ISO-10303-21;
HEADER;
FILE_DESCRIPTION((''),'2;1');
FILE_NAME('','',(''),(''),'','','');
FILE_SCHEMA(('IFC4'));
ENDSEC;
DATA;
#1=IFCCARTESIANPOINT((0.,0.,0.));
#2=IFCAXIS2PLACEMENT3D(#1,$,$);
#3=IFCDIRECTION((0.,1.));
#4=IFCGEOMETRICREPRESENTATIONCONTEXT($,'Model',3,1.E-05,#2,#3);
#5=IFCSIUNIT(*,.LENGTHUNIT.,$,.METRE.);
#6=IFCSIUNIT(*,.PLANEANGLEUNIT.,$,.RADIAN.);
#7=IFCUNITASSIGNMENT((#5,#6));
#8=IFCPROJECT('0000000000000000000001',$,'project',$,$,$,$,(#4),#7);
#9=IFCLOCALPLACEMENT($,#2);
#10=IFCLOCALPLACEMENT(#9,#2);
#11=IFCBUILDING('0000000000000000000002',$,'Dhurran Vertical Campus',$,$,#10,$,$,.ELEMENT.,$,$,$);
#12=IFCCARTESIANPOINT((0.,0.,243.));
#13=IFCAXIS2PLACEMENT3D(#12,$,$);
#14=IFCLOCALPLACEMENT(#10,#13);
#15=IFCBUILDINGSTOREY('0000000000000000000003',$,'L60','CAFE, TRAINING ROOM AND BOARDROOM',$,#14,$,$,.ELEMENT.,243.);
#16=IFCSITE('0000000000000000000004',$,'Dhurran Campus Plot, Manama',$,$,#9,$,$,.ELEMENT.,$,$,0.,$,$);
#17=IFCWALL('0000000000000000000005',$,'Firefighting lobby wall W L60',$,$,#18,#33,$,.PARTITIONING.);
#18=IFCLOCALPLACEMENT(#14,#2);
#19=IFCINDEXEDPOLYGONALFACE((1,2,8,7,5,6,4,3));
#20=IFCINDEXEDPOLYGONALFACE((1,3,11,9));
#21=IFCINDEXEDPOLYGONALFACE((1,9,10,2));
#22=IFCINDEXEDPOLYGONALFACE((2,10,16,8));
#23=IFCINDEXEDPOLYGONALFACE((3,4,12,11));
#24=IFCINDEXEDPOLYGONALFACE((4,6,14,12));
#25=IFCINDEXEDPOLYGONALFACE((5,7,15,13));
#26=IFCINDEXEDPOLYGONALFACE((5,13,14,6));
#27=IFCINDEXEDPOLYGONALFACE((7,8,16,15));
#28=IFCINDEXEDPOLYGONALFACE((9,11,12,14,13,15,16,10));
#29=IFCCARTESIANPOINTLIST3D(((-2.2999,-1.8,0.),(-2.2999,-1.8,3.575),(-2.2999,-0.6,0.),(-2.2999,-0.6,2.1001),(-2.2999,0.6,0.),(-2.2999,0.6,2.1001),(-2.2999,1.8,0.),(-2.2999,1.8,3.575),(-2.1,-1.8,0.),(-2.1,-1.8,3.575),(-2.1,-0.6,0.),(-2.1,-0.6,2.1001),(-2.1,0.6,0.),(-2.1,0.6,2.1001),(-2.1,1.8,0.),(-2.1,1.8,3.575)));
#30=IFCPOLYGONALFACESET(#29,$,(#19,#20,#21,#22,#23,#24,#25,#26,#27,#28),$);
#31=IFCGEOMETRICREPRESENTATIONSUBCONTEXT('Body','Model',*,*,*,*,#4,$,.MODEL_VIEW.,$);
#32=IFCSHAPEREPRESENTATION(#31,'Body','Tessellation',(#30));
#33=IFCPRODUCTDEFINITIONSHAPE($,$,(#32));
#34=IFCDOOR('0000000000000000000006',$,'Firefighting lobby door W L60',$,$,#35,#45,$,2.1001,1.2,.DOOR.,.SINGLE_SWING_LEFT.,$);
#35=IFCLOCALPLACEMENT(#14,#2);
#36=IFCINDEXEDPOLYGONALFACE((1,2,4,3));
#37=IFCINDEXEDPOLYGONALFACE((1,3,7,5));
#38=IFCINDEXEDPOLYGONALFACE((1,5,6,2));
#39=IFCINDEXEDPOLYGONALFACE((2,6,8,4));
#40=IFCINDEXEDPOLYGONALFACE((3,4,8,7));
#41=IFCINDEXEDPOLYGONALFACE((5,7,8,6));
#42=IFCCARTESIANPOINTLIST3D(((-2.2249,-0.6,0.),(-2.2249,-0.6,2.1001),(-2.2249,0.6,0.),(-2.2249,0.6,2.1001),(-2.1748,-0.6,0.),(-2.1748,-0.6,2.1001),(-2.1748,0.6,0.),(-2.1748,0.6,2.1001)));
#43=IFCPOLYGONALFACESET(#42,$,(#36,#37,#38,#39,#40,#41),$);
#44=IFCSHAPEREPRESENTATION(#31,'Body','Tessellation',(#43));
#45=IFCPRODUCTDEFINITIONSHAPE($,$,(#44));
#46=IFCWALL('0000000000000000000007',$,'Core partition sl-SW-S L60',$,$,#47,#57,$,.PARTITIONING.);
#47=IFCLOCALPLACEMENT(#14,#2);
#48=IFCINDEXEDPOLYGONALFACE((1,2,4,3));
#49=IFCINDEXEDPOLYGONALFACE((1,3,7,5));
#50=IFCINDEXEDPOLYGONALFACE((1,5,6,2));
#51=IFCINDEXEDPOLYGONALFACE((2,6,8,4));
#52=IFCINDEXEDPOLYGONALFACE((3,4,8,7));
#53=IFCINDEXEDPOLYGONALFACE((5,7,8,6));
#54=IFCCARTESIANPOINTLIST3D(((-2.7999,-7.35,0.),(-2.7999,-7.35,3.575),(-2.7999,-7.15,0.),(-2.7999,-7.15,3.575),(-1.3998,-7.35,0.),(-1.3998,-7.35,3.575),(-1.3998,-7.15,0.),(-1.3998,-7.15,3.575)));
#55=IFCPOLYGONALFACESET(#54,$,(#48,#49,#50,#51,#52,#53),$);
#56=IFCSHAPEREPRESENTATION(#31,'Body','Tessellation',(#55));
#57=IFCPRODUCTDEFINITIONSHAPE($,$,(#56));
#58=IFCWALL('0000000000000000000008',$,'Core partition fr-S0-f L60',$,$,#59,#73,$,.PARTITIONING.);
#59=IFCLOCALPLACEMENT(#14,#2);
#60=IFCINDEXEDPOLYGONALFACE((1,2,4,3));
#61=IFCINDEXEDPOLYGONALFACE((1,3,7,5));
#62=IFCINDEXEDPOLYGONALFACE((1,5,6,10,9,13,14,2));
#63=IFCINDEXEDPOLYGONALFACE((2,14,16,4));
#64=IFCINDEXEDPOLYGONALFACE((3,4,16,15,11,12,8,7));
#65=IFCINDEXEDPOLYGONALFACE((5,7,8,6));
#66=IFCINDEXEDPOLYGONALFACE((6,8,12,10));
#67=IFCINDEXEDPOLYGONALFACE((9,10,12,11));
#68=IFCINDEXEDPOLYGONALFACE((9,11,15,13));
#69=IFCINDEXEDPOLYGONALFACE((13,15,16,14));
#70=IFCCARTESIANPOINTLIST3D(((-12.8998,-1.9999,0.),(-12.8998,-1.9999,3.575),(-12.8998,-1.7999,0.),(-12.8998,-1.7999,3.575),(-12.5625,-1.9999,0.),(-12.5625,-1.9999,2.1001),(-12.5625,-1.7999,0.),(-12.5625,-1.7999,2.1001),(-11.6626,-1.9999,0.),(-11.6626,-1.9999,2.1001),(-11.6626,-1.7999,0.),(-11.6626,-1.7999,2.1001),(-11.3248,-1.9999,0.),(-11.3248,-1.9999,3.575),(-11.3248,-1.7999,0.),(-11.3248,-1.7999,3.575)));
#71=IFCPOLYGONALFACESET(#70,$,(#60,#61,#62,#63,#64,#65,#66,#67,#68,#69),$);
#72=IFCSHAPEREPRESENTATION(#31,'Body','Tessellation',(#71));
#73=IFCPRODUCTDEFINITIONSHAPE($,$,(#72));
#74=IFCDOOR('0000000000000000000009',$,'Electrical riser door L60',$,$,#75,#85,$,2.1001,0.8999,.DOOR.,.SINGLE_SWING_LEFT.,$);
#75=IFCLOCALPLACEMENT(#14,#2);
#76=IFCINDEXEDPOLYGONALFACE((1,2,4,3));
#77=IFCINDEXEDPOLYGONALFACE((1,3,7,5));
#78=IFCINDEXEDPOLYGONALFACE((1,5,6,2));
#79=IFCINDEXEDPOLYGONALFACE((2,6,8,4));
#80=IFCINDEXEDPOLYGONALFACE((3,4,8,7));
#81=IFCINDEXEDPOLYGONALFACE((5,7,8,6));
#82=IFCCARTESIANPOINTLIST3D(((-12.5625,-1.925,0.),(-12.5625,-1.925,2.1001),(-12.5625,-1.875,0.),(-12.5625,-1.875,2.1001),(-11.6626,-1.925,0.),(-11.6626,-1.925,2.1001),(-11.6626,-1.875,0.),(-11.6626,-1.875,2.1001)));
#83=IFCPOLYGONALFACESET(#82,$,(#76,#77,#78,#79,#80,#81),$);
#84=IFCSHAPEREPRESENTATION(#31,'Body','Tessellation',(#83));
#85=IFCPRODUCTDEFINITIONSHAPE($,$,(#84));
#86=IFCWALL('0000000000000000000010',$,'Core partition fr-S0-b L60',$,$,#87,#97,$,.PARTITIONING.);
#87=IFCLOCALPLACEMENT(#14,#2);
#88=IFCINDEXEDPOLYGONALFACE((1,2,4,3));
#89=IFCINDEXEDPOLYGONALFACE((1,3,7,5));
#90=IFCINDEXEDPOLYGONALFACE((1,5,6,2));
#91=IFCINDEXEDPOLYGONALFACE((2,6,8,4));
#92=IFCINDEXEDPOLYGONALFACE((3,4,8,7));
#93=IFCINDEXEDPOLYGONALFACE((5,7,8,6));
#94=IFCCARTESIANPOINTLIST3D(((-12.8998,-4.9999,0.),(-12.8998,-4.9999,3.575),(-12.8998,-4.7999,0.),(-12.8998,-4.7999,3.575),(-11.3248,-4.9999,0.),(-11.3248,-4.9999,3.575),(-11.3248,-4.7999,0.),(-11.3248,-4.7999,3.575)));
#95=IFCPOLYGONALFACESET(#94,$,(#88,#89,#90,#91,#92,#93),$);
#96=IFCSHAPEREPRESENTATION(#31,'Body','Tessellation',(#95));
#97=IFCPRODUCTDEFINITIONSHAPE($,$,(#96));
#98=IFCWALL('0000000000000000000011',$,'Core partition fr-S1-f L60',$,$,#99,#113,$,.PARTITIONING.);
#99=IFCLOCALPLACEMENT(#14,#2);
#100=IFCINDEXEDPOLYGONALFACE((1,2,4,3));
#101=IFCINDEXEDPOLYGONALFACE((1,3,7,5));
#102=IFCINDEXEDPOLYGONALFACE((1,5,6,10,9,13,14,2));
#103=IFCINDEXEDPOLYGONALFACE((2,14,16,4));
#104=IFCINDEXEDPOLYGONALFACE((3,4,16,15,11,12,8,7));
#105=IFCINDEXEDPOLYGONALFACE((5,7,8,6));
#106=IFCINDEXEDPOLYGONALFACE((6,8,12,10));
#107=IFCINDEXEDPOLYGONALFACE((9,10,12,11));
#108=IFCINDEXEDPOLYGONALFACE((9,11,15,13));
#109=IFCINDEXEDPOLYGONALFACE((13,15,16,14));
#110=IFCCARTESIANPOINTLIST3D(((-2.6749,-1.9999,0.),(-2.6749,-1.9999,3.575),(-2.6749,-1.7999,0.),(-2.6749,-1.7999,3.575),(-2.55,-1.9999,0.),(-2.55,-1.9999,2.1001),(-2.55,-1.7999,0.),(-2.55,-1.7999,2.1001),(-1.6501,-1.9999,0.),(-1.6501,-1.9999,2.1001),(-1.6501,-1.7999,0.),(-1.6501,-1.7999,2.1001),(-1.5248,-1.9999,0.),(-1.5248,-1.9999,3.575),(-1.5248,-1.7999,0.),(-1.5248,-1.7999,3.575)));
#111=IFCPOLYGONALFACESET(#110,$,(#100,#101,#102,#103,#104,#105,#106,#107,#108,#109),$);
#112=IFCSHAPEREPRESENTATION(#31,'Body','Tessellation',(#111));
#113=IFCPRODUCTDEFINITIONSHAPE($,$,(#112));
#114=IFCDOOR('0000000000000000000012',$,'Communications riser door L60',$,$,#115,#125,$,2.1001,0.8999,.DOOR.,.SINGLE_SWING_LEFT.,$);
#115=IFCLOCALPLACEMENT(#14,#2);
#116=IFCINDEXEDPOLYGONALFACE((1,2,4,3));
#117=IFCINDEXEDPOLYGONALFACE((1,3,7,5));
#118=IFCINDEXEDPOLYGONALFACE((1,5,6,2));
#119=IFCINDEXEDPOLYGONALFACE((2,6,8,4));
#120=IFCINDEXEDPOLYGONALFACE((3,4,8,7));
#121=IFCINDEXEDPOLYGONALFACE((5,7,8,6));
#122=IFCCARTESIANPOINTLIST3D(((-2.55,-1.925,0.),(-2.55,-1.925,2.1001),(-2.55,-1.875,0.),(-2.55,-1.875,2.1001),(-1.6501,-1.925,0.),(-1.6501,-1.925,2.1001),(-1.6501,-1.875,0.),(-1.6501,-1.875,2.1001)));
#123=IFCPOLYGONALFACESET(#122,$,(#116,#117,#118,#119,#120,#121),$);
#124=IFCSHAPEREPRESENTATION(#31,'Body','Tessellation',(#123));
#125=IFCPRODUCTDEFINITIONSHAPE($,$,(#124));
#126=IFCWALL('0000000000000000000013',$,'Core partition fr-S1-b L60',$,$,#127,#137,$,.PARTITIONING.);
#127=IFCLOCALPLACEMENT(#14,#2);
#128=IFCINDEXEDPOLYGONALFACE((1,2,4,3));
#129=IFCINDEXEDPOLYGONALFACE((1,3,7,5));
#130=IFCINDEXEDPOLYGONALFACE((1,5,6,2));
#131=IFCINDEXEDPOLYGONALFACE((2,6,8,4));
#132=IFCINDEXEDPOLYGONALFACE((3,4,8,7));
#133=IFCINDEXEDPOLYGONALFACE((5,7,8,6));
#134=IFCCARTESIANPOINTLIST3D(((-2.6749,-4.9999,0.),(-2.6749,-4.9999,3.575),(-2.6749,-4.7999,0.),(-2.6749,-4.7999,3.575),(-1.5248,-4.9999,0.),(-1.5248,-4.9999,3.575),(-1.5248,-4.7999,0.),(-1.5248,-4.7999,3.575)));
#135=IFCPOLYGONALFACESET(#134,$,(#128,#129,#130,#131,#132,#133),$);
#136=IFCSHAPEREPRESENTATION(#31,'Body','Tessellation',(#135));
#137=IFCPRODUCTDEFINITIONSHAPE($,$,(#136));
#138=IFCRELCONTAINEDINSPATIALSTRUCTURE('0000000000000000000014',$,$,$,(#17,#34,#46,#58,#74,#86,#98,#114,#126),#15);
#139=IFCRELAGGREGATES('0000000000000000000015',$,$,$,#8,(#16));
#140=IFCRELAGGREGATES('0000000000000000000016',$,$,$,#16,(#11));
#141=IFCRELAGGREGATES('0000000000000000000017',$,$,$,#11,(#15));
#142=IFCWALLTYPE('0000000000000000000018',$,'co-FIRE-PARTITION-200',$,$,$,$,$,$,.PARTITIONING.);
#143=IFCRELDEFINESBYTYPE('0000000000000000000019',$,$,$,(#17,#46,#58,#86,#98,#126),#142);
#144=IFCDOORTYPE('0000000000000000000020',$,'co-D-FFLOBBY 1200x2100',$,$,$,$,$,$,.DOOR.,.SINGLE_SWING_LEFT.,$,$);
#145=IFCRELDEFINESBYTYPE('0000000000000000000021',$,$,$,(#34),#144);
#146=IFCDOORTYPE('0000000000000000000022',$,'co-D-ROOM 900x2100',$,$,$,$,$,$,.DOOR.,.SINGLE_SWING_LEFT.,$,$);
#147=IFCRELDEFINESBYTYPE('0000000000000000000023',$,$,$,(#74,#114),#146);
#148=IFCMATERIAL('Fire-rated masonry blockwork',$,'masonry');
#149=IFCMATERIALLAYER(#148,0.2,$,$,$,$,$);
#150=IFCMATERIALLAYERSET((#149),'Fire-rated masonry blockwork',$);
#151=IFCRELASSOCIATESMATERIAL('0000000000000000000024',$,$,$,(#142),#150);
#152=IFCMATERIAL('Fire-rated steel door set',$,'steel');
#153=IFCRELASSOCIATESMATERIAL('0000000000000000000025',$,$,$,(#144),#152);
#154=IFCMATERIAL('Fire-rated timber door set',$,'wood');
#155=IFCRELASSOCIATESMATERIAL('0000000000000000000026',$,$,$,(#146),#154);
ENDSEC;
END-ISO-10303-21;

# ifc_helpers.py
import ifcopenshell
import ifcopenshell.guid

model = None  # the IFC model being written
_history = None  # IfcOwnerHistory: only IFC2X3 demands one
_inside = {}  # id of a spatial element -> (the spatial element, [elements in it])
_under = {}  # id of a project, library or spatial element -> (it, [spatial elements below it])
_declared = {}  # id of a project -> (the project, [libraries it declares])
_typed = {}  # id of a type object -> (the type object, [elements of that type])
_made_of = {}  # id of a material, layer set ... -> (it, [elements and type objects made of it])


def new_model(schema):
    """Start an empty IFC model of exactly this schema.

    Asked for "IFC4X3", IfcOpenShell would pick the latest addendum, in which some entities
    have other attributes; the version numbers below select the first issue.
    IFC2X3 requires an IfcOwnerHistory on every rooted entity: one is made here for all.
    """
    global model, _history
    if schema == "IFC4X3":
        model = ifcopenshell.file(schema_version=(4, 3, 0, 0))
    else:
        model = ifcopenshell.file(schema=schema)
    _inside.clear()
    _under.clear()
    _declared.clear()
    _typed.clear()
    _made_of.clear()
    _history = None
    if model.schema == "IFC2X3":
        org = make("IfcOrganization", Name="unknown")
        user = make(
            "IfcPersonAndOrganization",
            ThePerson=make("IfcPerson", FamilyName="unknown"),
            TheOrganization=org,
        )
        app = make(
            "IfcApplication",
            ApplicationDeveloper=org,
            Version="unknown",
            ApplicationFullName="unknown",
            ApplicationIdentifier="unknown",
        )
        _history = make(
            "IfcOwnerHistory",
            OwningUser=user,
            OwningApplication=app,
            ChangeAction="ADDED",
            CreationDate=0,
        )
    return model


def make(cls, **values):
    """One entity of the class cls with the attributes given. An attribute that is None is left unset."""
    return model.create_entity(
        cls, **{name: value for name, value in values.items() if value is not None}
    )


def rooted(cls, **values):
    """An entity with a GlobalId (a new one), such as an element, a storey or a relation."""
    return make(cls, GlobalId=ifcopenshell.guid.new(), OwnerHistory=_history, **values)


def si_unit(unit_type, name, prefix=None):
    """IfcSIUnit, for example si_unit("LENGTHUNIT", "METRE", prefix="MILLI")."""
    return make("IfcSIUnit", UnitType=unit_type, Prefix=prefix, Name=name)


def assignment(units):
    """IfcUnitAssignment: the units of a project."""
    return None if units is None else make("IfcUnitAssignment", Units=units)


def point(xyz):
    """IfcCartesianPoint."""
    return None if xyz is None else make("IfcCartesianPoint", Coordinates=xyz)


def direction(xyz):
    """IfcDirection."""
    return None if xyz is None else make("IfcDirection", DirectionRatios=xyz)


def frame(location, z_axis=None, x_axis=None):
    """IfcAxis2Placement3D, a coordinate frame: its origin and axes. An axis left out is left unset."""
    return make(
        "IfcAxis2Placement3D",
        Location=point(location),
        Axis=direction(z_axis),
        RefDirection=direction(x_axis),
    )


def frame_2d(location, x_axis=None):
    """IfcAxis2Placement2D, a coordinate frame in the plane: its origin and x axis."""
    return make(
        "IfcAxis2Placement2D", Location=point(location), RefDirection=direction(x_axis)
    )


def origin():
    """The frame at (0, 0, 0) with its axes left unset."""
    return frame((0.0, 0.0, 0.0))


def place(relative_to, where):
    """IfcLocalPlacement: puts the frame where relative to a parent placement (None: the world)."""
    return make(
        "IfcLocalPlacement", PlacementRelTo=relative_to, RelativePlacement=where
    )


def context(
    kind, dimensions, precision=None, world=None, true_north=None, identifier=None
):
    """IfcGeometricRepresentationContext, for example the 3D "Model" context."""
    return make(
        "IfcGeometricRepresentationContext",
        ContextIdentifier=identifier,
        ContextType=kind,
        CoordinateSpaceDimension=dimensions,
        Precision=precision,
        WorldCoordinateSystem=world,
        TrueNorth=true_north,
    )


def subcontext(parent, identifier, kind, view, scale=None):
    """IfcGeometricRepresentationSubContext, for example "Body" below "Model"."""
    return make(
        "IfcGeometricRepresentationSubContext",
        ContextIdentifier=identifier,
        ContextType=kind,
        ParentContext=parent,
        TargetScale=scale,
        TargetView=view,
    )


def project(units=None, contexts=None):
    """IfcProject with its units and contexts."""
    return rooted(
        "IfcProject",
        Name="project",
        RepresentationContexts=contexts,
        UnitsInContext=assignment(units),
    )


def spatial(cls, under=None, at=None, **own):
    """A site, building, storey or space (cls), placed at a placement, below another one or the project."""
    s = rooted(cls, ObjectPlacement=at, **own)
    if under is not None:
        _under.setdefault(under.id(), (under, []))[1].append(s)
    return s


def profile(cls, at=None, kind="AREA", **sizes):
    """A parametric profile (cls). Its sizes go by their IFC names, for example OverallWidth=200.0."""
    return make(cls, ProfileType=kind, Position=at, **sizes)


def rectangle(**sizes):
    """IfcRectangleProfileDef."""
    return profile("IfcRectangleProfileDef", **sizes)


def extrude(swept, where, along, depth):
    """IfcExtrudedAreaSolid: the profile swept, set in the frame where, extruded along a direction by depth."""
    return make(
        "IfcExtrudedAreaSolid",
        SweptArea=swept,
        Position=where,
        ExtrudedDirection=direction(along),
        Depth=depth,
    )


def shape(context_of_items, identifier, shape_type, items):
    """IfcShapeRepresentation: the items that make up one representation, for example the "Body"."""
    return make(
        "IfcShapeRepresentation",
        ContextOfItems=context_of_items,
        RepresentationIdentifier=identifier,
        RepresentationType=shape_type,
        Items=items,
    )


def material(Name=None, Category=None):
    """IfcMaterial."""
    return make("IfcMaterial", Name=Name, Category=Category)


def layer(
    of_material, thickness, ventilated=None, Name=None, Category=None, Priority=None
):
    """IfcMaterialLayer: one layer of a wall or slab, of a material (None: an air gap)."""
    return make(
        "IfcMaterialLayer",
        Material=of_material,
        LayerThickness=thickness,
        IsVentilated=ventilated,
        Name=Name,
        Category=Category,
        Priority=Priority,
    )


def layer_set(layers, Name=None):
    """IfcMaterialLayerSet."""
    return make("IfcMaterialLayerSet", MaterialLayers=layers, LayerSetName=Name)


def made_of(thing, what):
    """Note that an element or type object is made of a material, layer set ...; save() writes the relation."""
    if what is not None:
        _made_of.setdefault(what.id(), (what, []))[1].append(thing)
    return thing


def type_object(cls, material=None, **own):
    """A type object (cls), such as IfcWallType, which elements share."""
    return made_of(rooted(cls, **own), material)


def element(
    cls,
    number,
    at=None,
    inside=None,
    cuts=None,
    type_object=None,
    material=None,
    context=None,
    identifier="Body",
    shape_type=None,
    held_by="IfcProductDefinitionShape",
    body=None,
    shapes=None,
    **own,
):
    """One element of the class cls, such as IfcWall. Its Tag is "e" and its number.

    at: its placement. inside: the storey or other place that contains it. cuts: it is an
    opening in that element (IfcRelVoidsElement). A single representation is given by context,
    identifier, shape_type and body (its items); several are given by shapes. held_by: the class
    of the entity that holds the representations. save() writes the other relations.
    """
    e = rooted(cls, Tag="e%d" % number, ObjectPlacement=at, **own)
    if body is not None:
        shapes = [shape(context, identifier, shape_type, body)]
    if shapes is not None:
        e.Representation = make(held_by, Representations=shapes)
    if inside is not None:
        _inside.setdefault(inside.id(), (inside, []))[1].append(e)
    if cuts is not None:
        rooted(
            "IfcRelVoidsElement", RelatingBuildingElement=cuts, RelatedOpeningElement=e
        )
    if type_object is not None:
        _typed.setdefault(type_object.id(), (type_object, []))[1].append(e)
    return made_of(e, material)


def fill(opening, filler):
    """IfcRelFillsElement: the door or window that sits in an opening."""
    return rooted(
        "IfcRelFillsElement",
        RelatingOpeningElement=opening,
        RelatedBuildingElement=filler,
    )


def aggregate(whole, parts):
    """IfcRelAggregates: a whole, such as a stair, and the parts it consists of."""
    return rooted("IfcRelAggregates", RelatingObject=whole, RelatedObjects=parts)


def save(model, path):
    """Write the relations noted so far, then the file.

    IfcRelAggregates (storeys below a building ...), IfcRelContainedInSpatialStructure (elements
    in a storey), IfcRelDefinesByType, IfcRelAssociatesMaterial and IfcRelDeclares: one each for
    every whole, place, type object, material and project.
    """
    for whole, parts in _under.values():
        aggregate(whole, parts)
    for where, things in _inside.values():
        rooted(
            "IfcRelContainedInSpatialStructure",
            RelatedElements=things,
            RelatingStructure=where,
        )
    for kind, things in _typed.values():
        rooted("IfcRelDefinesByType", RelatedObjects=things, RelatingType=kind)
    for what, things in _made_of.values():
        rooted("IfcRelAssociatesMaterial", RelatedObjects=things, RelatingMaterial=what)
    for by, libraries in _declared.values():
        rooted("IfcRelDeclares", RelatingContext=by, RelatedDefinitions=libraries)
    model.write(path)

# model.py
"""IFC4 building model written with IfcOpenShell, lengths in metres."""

from ifc_helpers import new_model, si_unit, direction, frame, frame_2d, origin, place, context, subcontext, project, spatial, rectangle, extrude, material, layer, layer_set, type_object, element, fill, save


model = new_model("IFC4")

# Units and contexts
model_context = context("Model", 3, precision=1e-05, world=origin(), true_north=direction((0.0, 1.0)))
body_context = subcontext(model_context, "Body", "Model", "MODEL_VIEW")
ifc_project = project(units=[si_unit("LENGTHUNIT", "METRE"), si_unit("PLANEANGLEUNIT", "RADIAN")], contexts=[model_context])

# Site, building, storey
site_placement = place(None, origin())
site = spatial("IfcSite", under=ifc_project, at=site_placement, Name="Dhurran Campus Plot, Manama", CompositionType="ELEMENT", RefElevation=0.0)
building_placement = place(site_placement, origin())
building = spatial("IfcBuilding", under=site, at=building_placement, Name="Dhurran Vertical Campus", CompositionType="ELEMENT")
storey_placement = place(building_placement, frame((0.0, 0.0, 243.0)))
storey = spatial("IfcBuildingStorey", under=building, at=storey_placement, Name="L60", Description="CAFE, TRAINING ROOM AND BOARDROOM", CompositionType="ELEMENT", Elevation=243.0)

# Wall, opening, door
ifc_material_1 = material(Name="Fire-rated masonry blockwork", Category="masonry")
ifc_layer_1 = layer(ifc_material_1, 0.2)
ifc_layer_set_1 = layer_set([ifc_layer_1], Name="Fire-rated masonry blockwork")
wall_type_1 = type_object("IfcWallType", Name="co-FIRE-PARTITION-200", PredefinedType="PARTITIONING", material=ifc_layer_set_1)
wall_1_placement = place(storey_placement, frame((-2.2, -1.8, 0.0), z_axis=(0.0, 0.0, 1.0), x_axis=(0.0, 1.0, 0.0)))
wall_1 = element("IfcWall", 1, at=wall_1_placement, inside=storey, type_object=wall_type_1, Name="Firefighting lobby wall W L60", PredefinedType="PARTITIONING", context=body_context, shape_type="SweptSolid", body=[
    extrude(rectangle(XDim=3.6001, YDim=0.2, at=frame_2d((1.8, 0.0))), origin(), (0.0, 0.0, 1.0), 3.575),
])
opening_1_placement = place(wall_1_placement, frame((1.2, 0.0, 0.0)))
opening_1 = element("IfcOpeningElement", 2, at=opening_1_placement, cuts=wall_1, PredefinedType="OPENING", context=body_context, shape_type="SweptSolid", body=[
    extrude(rectangle(XDim=1.2, YDim=2.1001, at=frame_2d((0.6001, 1.05))), frame((0.0, 0.1099, 0.0), z_axis=(0.0, -1.0, 0.0), x_axis=(1.0, 0.0, 0.0)), (0.0, 0.0, 1.0), 0.22),
])
ifc_material_2 = material(Name="Fire-rated steel door set", Category="steel")
door_type_1 = type_object("IfcDoorType", Name="co-D-FFLOBBY 1200x2100", OperationType="SINGLE_SWING_LEFT", PredefinedType="DOOR", material=ifc_material_2)
door_1_placement = place(opening_1_placement, origin())
door_1 = element("IfcDoor", 3, at=door_1_placement, inside=storey, type_object=door_type_1, Name="Firefighting lobby door W L60", OperationType="SINGLE_SWING_LEFT", OverallHeight=2.1001, OverallWidth=1.2, PredefinedType="DOOR", context=body_context, shape_type="SweptSolid", body=[
    extrude(rectangle(XDim=1.2, YDim=2.1001, at=frame_2d((0.6001, 1.05))), frame((0.0, 0.0249, 0.0), z_axis=(0.0, -1.0, 0.0), x_axis=(1.0, 0.0, 0.0)), (0.0, 0.0, 1.0), 0.05),
])
fill(opening_1, door_1)

# Wall
wall_2_placement = place(storey_placement, frame((-2.8, -7.25, 0.0), z_axis=(0.0, 0.0, 1.0), x_axis=(1.0, 0.0, 0.0)))
element("IfcWall", 4, at=wall_2_placement, inside=storey, type_object=wall_type_1, Name="Core partition sl-SW-S L60", PredefinedType="PARTITIONING", context=body_context, shape_type="SweptSolid", body=[
    extrude(rectangle(XDim=1.4001, YDim=0.2, at=frame_2d((0.7002, 0.0))), origin(), (0.0, 0.0, 1.0), 3.575),
])

# Wall, opening, door
wall_3_placement = place(storey_placement, frame((-12.8999, -1.8999, 0.0), z_axis=(0.0, 0.0, 1.0), x_axis=(1.0, 0.0, 0.0)))
wall_3 = element("IfcWall", 5, at=wall_3_placement, inside=storey, type_object=wall_type_1, Name="Core partition fr-S0-f L60", PredefinedType="PARTITIONING", context=body_context, shape_type="SweptSolid", body=[
    extrude(rectangle(XDim=1.575, YDim=0.2, at=frame_2d((0.7876, 0.0))), origin(), (0.0, 0.0, 1.0), 3.575),
])
opening_2_placement = place(wall_3_placement, frame((0.3374, 0.0, 0.0)))
opening_2 = element("IfcOpeningElement", 6, at=opening_2_placement, cuts=wall_3, PredefinedType="OPENING", context=body_context, shape_type="SweptSolid", body=[
    extrude(rectangle(XDim=0.8999, YDim=2.1001, at=frame_2d((0.45, 1.05))), frame((0.0, 0.1099, 0.0), z_axis=(0.0, -1.0, 0.0), x_axis=(1.0, 0.0, 0.0)), (0.0, 0.0, 1.0), 0.22),
])
ifc_material_3 = material(Name="Fire-rated timber door set", Category="wood")
door_type_2 = type_object("IfcDoorType", Name="co-D-ROOM 900x2100", OperationType="SINGLE_SWING_LEFT", PredefinedType="DOOR", material=ifc_material_3)
door_2_placement = place(opening_2_placement, origin())
door_2 = element("IfcDoor", 7, at=door_2_placement, inside=storey, type_object=door_type_2, Name="Electrical riser door L60", OperationType="SINGLE_SWING_LEFT", OverallHeight=2.1001, OverallWidth=0.8999, PredefinedType="DOOR", context=body_context, shape_type="SweptSolid", body=[
    extrude(rectangle(XDim=0.8999, YDim=2.1001, at=frame_2d((0.45, 1.05))), frame((0.0, 0.0249, 0.0), z_axis=(0.0, -1.0, 0.0), x_axis=(1.0, 0.0, 0.0)), (0.0, 0.0, 1.0), 0.05),
])
fill(opening_2, door_2)

# Wall
wall_4_placement = place(storey_placement, frame((-12.8999, -4.8999, 0.0), z_axis=(0.0, 0.0, 1.0), x_axis=(1.0, 0.0, 0.0)))
element("IfcWall", 8, at=wall_4_placement, inside=storey, type_object=wall_type_1, Name="Core partition fr-S0-b L60", PredefinedType="PARTITIONING", context=body_context, shape_type="SweptSolid", body=[
    extrude(rectangle(XDim=1.575, YDim=0.2, at=frame_2d((0.7876, 0.0))), origin(), (0.0, 0.0, 1.0), 3.575),
])

# Wall, opening, door
wall_5_placement = place(storey_placement, frame((-2.675, -1.8999, 0.0), z_axis=(0.0, 0.0, 1.0), x_axis=(1.0, 0.0, 0.0)))
wall_5 = element("IfcWall", 9, at=wall_5_placement, inside=storey, type_object=wall_type_1, Name="Core partition fr-S1-f L60", PredefinedType="PARTITIONING", context=body_context, shape_type="SweptSolid", body=[
    extrude(rectangle(XDim=1.1501, YDim=0.2, at=frame_2d((0.5752, 0.0))), origin(), (0.0, 0.0, 1.0), 3.575),
])
opening_3_placement = place(wall_5_placement, frame((0.125, 0.0, 0.0)))
opening_3 = element("IfcOpeningElement", 10, at=opening_3_placement, cuts=wall_5, PredefinedType="OPENING", context=body_context, shape_type="SweptSolid", body=[
    extrude(rectangle(XDim=0.8999, YDim=2.1001, at=frame_2d((0.45, 1.05))), frame((0.0, 0.1099, 0.0), z_axis=(0.0, -1.0, 0.0), x_axis=(1.0, 0.0, 0.0)), (0.0, 0.0, 1.0), 0.22),
])
door_3_placement = place(opening_3_placement, origin())
door_3 = element("IfcDoor", 11, at=door_3_placement, inside=storey, type_object=door_type_2, Name="Communications riser door L60", OperationType="SINGLE_SWING_LEFT", OverallHeight=2.1001, OverallWidth=0.8999, PredefinedType="DOOR", context=body_context, shape_type="SweptSolid", body=[
    extrude(rectangle(XDim=0.8999, YDim=2.1001, at=frame_2d((0.45, 1.05))), frame((0.0, 0.0249, 0.0), z_axis=(0.0, -1.0, 0.0), x_axis=(1.0, 0.0, 0.0)), (0.0, 0.0, 1.0), 0.05),
])
fill(opening_3, door_3)

# Wall
wall_6_placement = place(storey_placement, frame((-2.675, -4.8999, 0.0), z_axis=(0.0, 0.0, 1.0), x_axis=(1.0, 0.0, 0.0)))
element("IfcWall", 12, at=wall_6_placement, inside=storey, type_object=wall_type_1, Name="Core partition fr-S1-b L60", PredefinedType="PARTITIONING", context=body_context, shape_type="SweptSolid", body=[
    extrude(rectangle(XDim=1.1501, YDim=0.2, at=frame_2d((0.5752, 0.0))), origin(), (0.0, 0.0, 1.0), 3.575),
])

save(model, "model.ifc")
